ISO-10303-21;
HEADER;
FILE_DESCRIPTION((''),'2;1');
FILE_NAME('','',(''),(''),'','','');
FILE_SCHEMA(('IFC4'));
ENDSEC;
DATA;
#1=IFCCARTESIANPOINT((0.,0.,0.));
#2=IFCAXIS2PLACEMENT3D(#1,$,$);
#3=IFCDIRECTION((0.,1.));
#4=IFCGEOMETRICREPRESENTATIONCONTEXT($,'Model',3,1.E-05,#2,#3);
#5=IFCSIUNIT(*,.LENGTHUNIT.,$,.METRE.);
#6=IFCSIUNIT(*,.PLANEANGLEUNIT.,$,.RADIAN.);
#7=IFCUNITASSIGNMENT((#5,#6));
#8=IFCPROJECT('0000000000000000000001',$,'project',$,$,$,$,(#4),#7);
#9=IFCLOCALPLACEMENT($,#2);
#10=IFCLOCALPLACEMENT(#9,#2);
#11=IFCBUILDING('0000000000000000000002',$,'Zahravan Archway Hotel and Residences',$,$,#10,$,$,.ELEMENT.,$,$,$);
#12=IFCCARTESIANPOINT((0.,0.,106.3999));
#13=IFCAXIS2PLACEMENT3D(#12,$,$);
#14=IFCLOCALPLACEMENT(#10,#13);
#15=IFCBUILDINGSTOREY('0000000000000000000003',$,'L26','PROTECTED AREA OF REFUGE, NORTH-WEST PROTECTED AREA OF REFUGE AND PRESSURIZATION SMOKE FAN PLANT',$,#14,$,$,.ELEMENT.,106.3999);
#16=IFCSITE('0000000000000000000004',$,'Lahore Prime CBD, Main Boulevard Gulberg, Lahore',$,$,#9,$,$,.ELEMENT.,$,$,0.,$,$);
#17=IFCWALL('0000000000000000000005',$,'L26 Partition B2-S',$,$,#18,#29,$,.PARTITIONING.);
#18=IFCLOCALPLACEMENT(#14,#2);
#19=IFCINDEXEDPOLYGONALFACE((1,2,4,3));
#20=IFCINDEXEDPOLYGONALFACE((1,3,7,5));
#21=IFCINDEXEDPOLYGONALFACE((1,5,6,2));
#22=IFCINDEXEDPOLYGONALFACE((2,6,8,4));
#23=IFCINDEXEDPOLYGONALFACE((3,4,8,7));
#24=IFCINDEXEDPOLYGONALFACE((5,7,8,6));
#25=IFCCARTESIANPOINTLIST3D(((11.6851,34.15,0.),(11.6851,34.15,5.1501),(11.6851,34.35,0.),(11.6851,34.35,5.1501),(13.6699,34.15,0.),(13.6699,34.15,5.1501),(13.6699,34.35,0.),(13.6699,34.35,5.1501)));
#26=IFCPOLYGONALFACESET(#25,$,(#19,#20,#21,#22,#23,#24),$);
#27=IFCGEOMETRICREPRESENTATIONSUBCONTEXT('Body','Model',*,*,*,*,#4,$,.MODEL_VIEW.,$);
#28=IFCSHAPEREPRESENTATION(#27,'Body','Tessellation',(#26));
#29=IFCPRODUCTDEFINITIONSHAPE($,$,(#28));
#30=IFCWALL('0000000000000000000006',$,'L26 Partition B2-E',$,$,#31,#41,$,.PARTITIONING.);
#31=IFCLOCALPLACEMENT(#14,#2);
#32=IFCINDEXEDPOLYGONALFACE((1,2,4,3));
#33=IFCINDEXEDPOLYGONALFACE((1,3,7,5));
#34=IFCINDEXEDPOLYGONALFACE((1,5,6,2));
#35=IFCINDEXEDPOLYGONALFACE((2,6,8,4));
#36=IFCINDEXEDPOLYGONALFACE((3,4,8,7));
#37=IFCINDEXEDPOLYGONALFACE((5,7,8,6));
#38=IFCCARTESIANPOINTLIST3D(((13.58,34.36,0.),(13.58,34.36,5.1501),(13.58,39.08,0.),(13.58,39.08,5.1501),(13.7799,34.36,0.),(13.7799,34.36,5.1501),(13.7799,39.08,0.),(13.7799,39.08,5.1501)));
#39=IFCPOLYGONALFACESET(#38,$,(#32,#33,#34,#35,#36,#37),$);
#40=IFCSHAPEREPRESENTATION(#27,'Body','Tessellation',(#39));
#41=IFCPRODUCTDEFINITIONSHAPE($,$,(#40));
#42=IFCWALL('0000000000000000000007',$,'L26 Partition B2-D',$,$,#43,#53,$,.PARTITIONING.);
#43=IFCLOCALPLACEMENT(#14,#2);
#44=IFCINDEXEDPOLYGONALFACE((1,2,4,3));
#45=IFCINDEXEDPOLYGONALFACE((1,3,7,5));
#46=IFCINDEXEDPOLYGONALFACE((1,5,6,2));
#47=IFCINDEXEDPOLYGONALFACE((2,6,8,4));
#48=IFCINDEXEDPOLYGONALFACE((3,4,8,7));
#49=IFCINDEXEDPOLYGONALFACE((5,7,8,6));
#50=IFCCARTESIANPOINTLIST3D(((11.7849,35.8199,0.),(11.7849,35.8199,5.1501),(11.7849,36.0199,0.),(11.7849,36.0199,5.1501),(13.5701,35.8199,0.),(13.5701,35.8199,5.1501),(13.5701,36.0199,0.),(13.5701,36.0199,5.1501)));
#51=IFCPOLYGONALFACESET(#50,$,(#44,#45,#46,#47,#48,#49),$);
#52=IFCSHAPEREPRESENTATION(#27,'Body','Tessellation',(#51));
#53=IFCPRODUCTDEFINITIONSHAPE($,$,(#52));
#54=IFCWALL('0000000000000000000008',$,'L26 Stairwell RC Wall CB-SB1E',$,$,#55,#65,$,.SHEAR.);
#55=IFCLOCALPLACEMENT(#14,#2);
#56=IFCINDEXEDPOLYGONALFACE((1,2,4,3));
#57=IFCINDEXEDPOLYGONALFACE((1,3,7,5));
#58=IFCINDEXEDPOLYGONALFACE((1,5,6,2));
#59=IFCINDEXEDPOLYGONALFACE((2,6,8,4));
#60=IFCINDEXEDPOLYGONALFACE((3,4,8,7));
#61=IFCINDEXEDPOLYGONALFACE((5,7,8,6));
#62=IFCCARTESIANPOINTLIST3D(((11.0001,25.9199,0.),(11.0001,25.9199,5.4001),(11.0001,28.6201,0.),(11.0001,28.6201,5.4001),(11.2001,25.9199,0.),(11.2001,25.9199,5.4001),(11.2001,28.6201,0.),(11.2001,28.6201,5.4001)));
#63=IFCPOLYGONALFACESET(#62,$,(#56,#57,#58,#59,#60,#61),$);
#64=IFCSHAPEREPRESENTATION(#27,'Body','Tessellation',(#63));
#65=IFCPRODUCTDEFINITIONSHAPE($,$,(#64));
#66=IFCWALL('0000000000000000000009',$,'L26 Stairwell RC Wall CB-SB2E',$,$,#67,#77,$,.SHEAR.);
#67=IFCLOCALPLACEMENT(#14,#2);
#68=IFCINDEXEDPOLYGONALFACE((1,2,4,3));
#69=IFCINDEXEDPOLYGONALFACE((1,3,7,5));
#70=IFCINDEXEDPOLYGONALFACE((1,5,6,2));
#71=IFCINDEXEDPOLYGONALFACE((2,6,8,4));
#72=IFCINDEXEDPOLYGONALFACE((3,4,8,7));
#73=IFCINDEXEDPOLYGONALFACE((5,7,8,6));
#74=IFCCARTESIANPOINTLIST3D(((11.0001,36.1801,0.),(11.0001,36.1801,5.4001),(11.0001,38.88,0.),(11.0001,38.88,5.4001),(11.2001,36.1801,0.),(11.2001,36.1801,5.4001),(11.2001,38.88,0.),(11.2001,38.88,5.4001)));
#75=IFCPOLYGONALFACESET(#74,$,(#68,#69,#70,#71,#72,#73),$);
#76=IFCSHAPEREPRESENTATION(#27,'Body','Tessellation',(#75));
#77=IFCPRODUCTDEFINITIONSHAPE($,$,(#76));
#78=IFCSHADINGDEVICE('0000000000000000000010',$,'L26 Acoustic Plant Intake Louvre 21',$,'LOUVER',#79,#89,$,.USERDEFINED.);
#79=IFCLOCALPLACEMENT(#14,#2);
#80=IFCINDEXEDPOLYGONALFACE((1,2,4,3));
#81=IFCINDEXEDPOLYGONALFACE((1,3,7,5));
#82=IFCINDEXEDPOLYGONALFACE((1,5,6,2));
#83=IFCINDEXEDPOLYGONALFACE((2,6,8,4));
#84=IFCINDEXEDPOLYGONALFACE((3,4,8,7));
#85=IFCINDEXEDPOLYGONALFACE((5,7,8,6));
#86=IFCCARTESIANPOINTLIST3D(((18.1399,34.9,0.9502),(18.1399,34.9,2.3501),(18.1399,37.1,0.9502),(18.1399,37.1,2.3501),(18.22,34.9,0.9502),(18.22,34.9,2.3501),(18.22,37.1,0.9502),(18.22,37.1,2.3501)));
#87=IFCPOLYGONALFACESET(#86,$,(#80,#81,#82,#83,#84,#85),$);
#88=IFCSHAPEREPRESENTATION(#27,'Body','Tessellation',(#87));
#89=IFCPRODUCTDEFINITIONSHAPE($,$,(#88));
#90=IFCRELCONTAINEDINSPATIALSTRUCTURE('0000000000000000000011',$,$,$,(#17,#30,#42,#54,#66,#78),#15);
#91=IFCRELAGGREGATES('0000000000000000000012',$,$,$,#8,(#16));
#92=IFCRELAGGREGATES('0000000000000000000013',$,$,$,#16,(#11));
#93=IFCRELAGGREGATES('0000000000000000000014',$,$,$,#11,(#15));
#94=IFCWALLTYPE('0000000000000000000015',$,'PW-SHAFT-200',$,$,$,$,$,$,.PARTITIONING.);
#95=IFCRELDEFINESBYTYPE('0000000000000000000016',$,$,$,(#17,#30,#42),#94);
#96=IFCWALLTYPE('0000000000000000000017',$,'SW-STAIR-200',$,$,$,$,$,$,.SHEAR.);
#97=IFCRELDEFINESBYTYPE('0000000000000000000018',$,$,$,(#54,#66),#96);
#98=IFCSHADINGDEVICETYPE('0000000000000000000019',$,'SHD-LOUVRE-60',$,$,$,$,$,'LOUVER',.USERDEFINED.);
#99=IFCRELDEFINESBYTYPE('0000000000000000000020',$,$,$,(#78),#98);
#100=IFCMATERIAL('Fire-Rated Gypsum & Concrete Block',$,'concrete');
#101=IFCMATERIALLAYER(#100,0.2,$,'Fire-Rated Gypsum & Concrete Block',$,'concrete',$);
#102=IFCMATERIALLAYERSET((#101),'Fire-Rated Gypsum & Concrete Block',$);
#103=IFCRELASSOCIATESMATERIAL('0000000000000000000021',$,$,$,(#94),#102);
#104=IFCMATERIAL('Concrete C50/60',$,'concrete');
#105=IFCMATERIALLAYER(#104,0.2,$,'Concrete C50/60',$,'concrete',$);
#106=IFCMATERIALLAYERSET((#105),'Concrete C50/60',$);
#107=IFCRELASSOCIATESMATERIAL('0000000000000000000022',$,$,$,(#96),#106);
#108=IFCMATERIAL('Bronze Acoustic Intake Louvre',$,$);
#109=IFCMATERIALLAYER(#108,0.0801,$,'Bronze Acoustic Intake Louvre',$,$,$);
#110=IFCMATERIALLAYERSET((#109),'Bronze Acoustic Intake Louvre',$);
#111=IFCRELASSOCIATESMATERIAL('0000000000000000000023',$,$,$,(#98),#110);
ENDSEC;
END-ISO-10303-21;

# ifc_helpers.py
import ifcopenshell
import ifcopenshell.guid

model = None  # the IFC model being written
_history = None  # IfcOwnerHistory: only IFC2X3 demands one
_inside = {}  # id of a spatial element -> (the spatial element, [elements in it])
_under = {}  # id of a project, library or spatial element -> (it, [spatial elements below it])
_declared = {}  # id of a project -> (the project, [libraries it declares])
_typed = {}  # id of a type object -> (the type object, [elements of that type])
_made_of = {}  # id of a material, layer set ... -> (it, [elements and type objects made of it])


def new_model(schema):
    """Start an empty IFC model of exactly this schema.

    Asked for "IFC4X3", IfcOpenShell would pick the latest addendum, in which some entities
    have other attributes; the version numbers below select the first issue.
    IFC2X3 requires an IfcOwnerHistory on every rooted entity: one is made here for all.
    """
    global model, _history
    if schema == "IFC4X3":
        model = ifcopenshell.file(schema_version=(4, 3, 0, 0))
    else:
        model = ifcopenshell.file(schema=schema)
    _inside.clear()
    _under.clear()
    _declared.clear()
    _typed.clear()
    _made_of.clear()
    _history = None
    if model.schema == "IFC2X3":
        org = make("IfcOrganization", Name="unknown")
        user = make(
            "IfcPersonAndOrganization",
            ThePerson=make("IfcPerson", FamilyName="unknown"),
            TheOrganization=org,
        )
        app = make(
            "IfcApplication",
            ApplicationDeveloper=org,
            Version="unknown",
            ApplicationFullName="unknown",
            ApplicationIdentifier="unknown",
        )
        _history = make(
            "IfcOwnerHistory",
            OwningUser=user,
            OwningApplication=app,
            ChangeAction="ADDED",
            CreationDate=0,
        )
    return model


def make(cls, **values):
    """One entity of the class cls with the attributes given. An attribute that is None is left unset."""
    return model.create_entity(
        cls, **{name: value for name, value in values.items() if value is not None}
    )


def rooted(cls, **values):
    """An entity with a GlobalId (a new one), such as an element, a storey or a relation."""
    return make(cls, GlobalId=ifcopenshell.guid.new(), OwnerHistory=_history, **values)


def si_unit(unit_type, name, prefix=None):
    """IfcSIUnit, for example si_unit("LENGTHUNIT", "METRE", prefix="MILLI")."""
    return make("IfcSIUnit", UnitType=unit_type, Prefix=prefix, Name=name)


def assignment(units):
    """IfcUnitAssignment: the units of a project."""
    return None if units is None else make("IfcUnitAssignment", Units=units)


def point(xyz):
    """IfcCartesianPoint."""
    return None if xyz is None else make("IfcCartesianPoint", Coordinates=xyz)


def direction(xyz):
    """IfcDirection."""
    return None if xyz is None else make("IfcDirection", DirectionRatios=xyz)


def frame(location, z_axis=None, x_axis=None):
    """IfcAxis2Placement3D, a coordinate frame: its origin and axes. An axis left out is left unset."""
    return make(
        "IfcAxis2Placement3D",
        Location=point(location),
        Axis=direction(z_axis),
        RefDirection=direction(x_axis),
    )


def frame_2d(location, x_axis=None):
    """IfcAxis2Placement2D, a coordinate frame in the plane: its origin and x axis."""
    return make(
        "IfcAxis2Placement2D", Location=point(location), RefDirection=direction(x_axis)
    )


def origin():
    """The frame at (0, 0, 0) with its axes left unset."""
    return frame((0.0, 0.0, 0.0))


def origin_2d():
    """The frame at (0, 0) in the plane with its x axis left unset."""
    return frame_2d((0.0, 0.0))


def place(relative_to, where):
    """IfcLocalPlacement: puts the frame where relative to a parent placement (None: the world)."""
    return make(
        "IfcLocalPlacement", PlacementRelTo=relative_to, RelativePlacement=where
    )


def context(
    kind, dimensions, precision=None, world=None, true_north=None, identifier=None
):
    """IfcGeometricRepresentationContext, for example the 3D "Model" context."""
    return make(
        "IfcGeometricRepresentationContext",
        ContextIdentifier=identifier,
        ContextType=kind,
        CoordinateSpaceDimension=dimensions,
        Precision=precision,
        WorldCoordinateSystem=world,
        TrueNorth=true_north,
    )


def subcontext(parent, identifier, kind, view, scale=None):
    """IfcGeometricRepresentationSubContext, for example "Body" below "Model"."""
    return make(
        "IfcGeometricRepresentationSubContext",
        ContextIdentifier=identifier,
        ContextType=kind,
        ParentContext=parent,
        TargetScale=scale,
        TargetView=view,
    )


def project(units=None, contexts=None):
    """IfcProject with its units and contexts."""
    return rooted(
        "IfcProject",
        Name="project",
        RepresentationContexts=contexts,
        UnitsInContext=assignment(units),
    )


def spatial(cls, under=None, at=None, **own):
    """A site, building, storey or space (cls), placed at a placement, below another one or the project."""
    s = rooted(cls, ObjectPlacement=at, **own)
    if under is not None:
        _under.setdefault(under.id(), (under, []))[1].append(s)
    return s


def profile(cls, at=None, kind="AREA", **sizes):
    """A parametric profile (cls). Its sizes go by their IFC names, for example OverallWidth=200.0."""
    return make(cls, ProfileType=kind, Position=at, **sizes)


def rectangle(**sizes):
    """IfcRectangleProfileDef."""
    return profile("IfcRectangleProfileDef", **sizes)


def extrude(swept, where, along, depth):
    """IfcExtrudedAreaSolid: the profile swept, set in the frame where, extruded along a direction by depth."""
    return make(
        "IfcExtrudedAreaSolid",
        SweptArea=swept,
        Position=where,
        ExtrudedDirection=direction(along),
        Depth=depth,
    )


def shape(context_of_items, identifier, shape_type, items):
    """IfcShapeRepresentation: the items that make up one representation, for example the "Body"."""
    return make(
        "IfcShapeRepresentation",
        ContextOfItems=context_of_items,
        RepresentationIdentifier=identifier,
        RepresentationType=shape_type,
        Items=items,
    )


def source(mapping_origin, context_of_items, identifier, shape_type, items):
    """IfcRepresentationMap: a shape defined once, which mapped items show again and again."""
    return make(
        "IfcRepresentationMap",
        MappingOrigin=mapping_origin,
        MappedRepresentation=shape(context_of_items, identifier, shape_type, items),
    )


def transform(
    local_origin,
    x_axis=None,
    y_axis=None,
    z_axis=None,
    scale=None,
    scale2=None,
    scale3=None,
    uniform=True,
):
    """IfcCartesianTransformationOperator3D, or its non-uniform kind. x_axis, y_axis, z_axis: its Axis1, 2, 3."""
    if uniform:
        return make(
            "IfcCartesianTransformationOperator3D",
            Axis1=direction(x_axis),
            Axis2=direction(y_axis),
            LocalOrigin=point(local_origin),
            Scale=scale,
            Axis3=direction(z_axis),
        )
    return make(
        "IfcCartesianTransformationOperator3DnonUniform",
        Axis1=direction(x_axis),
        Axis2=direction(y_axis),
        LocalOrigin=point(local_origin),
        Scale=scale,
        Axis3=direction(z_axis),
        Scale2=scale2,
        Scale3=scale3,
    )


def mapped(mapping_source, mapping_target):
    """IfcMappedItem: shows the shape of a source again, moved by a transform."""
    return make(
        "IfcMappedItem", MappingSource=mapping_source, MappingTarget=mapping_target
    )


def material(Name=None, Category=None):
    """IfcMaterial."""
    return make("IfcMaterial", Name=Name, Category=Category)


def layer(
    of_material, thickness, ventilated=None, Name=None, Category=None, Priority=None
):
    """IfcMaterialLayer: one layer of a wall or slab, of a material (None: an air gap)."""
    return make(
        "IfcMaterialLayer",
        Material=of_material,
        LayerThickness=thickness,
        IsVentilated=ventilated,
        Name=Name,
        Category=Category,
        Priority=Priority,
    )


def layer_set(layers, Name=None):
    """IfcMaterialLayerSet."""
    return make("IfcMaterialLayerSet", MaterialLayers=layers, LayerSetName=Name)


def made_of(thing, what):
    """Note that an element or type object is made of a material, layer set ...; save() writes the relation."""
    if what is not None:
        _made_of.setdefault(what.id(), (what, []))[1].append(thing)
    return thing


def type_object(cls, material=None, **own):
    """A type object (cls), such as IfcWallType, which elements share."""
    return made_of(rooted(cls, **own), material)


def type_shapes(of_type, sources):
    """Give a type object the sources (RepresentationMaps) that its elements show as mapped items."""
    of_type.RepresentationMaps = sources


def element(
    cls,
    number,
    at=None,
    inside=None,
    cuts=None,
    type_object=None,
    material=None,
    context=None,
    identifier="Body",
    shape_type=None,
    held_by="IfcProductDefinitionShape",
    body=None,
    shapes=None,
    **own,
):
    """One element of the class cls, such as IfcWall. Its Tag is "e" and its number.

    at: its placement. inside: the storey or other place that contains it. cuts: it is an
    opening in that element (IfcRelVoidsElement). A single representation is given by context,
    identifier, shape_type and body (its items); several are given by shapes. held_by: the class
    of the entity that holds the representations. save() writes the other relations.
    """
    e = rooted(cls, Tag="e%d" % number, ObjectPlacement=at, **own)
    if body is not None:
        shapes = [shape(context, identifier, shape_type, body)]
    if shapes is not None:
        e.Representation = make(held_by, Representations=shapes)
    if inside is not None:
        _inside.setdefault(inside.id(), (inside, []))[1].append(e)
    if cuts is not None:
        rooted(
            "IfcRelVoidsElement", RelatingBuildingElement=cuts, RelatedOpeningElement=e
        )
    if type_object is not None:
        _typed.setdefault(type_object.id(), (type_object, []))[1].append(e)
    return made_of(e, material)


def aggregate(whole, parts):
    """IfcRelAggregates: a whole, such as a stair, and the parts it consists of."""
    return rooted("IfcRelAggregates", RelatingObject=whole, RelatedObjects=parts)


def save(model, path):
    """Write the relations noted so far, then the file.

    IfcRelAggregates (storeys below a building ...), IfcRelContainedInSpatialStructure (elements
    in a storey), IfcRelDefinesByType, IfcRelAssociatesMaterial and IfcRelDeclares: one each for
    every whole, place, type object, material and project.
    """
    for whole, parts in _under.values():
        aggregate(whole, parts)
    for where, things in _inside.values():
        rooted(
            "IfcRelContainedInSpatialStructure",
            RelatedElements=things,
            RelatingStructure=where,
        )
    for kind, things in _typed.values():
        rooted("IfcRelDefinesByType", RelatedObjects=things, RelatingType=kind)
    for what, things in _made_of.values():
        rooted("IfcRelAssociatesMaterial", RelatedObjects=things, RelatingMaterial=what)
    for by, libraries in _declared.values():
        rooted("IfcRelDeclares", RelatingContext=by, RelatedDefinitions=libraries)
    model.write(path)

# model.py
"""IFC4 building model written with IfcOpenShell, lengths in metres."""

from ifc_helpers import new_model, si_unit, direction, frame, frame_2d, origin, origin_2d, place, context, subcontext, project, spatial, rectangle, extrude, source, transform, mapped, material, layer, layer_set, type_object, type_shapes, element, save


model = new_model("IFC4")

# Units and contexts
model_context = context("Model", 3, precision=1e-05, world=origin(), true_north=direction((0.0, 1.0)))
body_context = subcontext(model_context, "Body", "Model", "MODEL_VIEW")
ifc_project = project(units=[si_unit("LENGTHUNIT", "METRE"), si_unit("PLANEANGLEUNIT", "RADIAN")], contexts=[model_context])

# Site, building, storey
site_placement = place(None, origin())
site = spatial("IfcSite", under=ifc_project, at=site_placement, Name="Lahore Prime CBD, Main Boulevard Gulberg, Lahore", CompositionType="ELEMENT", RefElevation=0.0)
building_placement = place(site_placement, origin())
building = spatial("IfcBuilding", under=site, at=building_placement, Name="Zahravan Archway Hotel and Residences", CompositionType="ELEMENT")
storey_placement = place(building_placement, frame((0.0, 0.0, 106.3999)))
storey = spatial("IfcBuildingStorey", under=building, at=storey_placement, Name="L26", Description="PROTECTED AREA OF REFUGE, NORTH-WEST PROTECTED AREA OF REFUGE AND PRESSURIZATION SMOKE FAN PLANT", CompositionType="ELEMENT", Elevation=106.3999)

# Walls
ifc_material_1 = material(Name="Fire-Rated Gypsum & Concrete Block", Category="concrete")
ifc_layer_1 = layer(ifc_material_1, 0.2, Name="Fire-Rated Gypsum & Concrete Block", Category="concrete")
ifc_layer_set_1 = layer_set([ifc_layer_1], Name="Fire-Rated Gypsum & Concrete Block")
wall_type_1 = type_object("IfcWallType", Name="PW-SHAFT-200", PredefinedType="PARTITIONING", material=ifc_layer_set_1)
wall_1_placement = place(storey_placement, frame((11.6851, 34.25, 0.0), z_axis=(0.0, 0.0, 1.0), x_axis=(1.0, 0.0, 0.0)))
element("IfcWall", 1, at=wall_1_placement, inside=storey, type_object=wall_type_1, Name="L26 Partition B2-S", PredefinedType="PARTITIONING", context=body_context, shape_type="SweptSolid", body=[
    extrude(rectangle(XDim=1.9849, YDim=0.2, at=frame_2d((0.9924, 0.0))), origin(), (0.0, 0.0, 1.0), 5.1501),
])
wall_2_placement = place(storey_placement, frame((13.6799, 34.3601, 0.0), z_axis=(0.0, 0.0, 1.0), x_axis=(0.0, 1.0, 0.0)))
element("IfcWall", 2, at=wall_2_placement, inside=storey, type_object=wall_type_1, Name="L26 Partition B2-E", PredefinedType="PARTITIONING", context=body_context, shape_type="SweptSolid", body=[
    extrude(rectangle(XDim=4.72, YDim=0.2, at=frame_2d((2.3599, 0.0))), origin(), (0.0, 0.0, 1.0), 5.1501),
])
wall_3_placement = place(storey_placement, frame((11.7849, 35.9199, 0.0), z_axis=(0.0, 0.0, 1.0), x_axis=(1.0, 0.0, 0.0)))
element("IfcWall", 3, at=wall_3_placement, inside=storey, type_object=wall_type_1, Name="L26 Partition B2-D", PredefinedType="PARTITIONING", context=body_context, shape_type="SweptSolid", body=[
    extrude(rectangle(XDim=1.7852, YDim=0.2, at=frame_2d((0.8926, 0.0))), origin(), (0.0, 0.0, 1.0), 5.1501),
])
ifc_material_2 = material(Name="Concrete C50/60", Category="concrete")
ifc_layer_2 = layer(ifc_material_2, 0.2, Name="Concrete C50/60", Category="concrete")
ifc_layer_set_2 = layer_set([ifc_layer_2], Name="Concrete C50/60")
wall_type_2 = type_object("IfcWallType", Name="SW-STAIR-200", PredefinedType="SHEAR", material=ifc_layer_set_2)
wall_4_placement = place(storey_placement, frame((11.1001, 25.9199, 0.0), z_axis=(0.0, 0.0, 1.0), x_axis=(0.0, 1.0, 0.0)))
element("IfcWall", 4, at=wall_4_placement, inside=storey, type_object=wall_type_2, Name="L26 Stairwell RC Wall CB-SB1E", PredefinedType="SHEAR", context=body_context, shape_type="SweptSolid", body=[
    extrude(rectangle(XDim=2.7002, YDim=0.2, at=frame_2d((1.3501, 0.0))), origin(), (0.0, 0.0, 1.0), 5.4001),
])
wall_5_placement = place(storey_placement, frame((11.1001, 36.1799, 0.0), z_axis=(0.0, 0.0, 1.0), x_axis=(0.0, 1.0, 0.0)))
element("IfcWall", 5, at=wall_5_placement, inside=storey, type_object=wall_type_2, Name="L26 Stairwell RC Wall CB-SB2E", PredefinedType="SHEAR", context=body_context, shape_type="SweptSolid", body=[
    extrude(rectangle(XDim=2.7, YDim=0.2, at=frame_2d((1.3501, 0.0))), origin(), (0.0, 0.0, 1.0), 5.4001),
])

# Shading device
ifc_material_3 = material(Name="Bronze Acoustic Intake Louvre")
ifc_layer_3 = layer(ifc_material_3, 0.0801, Name="Bronze Acoustic Intake Louvre")
ifc_layer_set_3 = layer_set([ifc_layer_3], Name="Bronze Acoustic Intake Louvre")
shading_device_type = type_object("IfcShadingDeviceType", Name="SHD-LOUVRE-60", ElementType="LOUVER", PredefinedType="USERDEFINED", material=ifc_layer_set_3)
shared_shape_1 = source(origin(), body_context, "Body", "SweptSolid", [
    extrude(rectangle(XDim=2.2, YDim=0.0801, at=origin_2d()), origin(), (0.0, 0.0, 1.0), 1.3999),
])
type_shapes(shading_device_type, [shared_shape_1])
shading_device_placement = place(storey_placement, frame((18.1799, 36.0, 0.9502), z_axis=(0.0, 0.0, 1.0), x_axis=(0.0, 1.0, 0.0)))
element("IfcShadingDevice", 6, at=shading_device_placement, inside=storey, type_object=shading_device_type, Name="L26 Acoustic Plant Intake Louvre 21", ObjectType="LOUVER", PredefinedType="USERDEFINED", context=body_context, shape_type="MappedRepresentation", body=[
    mapped(shared_shape_1, transform((0.0, 0.0, 0.0), scale=1.0)),
])

save(model, "model.ifc")
